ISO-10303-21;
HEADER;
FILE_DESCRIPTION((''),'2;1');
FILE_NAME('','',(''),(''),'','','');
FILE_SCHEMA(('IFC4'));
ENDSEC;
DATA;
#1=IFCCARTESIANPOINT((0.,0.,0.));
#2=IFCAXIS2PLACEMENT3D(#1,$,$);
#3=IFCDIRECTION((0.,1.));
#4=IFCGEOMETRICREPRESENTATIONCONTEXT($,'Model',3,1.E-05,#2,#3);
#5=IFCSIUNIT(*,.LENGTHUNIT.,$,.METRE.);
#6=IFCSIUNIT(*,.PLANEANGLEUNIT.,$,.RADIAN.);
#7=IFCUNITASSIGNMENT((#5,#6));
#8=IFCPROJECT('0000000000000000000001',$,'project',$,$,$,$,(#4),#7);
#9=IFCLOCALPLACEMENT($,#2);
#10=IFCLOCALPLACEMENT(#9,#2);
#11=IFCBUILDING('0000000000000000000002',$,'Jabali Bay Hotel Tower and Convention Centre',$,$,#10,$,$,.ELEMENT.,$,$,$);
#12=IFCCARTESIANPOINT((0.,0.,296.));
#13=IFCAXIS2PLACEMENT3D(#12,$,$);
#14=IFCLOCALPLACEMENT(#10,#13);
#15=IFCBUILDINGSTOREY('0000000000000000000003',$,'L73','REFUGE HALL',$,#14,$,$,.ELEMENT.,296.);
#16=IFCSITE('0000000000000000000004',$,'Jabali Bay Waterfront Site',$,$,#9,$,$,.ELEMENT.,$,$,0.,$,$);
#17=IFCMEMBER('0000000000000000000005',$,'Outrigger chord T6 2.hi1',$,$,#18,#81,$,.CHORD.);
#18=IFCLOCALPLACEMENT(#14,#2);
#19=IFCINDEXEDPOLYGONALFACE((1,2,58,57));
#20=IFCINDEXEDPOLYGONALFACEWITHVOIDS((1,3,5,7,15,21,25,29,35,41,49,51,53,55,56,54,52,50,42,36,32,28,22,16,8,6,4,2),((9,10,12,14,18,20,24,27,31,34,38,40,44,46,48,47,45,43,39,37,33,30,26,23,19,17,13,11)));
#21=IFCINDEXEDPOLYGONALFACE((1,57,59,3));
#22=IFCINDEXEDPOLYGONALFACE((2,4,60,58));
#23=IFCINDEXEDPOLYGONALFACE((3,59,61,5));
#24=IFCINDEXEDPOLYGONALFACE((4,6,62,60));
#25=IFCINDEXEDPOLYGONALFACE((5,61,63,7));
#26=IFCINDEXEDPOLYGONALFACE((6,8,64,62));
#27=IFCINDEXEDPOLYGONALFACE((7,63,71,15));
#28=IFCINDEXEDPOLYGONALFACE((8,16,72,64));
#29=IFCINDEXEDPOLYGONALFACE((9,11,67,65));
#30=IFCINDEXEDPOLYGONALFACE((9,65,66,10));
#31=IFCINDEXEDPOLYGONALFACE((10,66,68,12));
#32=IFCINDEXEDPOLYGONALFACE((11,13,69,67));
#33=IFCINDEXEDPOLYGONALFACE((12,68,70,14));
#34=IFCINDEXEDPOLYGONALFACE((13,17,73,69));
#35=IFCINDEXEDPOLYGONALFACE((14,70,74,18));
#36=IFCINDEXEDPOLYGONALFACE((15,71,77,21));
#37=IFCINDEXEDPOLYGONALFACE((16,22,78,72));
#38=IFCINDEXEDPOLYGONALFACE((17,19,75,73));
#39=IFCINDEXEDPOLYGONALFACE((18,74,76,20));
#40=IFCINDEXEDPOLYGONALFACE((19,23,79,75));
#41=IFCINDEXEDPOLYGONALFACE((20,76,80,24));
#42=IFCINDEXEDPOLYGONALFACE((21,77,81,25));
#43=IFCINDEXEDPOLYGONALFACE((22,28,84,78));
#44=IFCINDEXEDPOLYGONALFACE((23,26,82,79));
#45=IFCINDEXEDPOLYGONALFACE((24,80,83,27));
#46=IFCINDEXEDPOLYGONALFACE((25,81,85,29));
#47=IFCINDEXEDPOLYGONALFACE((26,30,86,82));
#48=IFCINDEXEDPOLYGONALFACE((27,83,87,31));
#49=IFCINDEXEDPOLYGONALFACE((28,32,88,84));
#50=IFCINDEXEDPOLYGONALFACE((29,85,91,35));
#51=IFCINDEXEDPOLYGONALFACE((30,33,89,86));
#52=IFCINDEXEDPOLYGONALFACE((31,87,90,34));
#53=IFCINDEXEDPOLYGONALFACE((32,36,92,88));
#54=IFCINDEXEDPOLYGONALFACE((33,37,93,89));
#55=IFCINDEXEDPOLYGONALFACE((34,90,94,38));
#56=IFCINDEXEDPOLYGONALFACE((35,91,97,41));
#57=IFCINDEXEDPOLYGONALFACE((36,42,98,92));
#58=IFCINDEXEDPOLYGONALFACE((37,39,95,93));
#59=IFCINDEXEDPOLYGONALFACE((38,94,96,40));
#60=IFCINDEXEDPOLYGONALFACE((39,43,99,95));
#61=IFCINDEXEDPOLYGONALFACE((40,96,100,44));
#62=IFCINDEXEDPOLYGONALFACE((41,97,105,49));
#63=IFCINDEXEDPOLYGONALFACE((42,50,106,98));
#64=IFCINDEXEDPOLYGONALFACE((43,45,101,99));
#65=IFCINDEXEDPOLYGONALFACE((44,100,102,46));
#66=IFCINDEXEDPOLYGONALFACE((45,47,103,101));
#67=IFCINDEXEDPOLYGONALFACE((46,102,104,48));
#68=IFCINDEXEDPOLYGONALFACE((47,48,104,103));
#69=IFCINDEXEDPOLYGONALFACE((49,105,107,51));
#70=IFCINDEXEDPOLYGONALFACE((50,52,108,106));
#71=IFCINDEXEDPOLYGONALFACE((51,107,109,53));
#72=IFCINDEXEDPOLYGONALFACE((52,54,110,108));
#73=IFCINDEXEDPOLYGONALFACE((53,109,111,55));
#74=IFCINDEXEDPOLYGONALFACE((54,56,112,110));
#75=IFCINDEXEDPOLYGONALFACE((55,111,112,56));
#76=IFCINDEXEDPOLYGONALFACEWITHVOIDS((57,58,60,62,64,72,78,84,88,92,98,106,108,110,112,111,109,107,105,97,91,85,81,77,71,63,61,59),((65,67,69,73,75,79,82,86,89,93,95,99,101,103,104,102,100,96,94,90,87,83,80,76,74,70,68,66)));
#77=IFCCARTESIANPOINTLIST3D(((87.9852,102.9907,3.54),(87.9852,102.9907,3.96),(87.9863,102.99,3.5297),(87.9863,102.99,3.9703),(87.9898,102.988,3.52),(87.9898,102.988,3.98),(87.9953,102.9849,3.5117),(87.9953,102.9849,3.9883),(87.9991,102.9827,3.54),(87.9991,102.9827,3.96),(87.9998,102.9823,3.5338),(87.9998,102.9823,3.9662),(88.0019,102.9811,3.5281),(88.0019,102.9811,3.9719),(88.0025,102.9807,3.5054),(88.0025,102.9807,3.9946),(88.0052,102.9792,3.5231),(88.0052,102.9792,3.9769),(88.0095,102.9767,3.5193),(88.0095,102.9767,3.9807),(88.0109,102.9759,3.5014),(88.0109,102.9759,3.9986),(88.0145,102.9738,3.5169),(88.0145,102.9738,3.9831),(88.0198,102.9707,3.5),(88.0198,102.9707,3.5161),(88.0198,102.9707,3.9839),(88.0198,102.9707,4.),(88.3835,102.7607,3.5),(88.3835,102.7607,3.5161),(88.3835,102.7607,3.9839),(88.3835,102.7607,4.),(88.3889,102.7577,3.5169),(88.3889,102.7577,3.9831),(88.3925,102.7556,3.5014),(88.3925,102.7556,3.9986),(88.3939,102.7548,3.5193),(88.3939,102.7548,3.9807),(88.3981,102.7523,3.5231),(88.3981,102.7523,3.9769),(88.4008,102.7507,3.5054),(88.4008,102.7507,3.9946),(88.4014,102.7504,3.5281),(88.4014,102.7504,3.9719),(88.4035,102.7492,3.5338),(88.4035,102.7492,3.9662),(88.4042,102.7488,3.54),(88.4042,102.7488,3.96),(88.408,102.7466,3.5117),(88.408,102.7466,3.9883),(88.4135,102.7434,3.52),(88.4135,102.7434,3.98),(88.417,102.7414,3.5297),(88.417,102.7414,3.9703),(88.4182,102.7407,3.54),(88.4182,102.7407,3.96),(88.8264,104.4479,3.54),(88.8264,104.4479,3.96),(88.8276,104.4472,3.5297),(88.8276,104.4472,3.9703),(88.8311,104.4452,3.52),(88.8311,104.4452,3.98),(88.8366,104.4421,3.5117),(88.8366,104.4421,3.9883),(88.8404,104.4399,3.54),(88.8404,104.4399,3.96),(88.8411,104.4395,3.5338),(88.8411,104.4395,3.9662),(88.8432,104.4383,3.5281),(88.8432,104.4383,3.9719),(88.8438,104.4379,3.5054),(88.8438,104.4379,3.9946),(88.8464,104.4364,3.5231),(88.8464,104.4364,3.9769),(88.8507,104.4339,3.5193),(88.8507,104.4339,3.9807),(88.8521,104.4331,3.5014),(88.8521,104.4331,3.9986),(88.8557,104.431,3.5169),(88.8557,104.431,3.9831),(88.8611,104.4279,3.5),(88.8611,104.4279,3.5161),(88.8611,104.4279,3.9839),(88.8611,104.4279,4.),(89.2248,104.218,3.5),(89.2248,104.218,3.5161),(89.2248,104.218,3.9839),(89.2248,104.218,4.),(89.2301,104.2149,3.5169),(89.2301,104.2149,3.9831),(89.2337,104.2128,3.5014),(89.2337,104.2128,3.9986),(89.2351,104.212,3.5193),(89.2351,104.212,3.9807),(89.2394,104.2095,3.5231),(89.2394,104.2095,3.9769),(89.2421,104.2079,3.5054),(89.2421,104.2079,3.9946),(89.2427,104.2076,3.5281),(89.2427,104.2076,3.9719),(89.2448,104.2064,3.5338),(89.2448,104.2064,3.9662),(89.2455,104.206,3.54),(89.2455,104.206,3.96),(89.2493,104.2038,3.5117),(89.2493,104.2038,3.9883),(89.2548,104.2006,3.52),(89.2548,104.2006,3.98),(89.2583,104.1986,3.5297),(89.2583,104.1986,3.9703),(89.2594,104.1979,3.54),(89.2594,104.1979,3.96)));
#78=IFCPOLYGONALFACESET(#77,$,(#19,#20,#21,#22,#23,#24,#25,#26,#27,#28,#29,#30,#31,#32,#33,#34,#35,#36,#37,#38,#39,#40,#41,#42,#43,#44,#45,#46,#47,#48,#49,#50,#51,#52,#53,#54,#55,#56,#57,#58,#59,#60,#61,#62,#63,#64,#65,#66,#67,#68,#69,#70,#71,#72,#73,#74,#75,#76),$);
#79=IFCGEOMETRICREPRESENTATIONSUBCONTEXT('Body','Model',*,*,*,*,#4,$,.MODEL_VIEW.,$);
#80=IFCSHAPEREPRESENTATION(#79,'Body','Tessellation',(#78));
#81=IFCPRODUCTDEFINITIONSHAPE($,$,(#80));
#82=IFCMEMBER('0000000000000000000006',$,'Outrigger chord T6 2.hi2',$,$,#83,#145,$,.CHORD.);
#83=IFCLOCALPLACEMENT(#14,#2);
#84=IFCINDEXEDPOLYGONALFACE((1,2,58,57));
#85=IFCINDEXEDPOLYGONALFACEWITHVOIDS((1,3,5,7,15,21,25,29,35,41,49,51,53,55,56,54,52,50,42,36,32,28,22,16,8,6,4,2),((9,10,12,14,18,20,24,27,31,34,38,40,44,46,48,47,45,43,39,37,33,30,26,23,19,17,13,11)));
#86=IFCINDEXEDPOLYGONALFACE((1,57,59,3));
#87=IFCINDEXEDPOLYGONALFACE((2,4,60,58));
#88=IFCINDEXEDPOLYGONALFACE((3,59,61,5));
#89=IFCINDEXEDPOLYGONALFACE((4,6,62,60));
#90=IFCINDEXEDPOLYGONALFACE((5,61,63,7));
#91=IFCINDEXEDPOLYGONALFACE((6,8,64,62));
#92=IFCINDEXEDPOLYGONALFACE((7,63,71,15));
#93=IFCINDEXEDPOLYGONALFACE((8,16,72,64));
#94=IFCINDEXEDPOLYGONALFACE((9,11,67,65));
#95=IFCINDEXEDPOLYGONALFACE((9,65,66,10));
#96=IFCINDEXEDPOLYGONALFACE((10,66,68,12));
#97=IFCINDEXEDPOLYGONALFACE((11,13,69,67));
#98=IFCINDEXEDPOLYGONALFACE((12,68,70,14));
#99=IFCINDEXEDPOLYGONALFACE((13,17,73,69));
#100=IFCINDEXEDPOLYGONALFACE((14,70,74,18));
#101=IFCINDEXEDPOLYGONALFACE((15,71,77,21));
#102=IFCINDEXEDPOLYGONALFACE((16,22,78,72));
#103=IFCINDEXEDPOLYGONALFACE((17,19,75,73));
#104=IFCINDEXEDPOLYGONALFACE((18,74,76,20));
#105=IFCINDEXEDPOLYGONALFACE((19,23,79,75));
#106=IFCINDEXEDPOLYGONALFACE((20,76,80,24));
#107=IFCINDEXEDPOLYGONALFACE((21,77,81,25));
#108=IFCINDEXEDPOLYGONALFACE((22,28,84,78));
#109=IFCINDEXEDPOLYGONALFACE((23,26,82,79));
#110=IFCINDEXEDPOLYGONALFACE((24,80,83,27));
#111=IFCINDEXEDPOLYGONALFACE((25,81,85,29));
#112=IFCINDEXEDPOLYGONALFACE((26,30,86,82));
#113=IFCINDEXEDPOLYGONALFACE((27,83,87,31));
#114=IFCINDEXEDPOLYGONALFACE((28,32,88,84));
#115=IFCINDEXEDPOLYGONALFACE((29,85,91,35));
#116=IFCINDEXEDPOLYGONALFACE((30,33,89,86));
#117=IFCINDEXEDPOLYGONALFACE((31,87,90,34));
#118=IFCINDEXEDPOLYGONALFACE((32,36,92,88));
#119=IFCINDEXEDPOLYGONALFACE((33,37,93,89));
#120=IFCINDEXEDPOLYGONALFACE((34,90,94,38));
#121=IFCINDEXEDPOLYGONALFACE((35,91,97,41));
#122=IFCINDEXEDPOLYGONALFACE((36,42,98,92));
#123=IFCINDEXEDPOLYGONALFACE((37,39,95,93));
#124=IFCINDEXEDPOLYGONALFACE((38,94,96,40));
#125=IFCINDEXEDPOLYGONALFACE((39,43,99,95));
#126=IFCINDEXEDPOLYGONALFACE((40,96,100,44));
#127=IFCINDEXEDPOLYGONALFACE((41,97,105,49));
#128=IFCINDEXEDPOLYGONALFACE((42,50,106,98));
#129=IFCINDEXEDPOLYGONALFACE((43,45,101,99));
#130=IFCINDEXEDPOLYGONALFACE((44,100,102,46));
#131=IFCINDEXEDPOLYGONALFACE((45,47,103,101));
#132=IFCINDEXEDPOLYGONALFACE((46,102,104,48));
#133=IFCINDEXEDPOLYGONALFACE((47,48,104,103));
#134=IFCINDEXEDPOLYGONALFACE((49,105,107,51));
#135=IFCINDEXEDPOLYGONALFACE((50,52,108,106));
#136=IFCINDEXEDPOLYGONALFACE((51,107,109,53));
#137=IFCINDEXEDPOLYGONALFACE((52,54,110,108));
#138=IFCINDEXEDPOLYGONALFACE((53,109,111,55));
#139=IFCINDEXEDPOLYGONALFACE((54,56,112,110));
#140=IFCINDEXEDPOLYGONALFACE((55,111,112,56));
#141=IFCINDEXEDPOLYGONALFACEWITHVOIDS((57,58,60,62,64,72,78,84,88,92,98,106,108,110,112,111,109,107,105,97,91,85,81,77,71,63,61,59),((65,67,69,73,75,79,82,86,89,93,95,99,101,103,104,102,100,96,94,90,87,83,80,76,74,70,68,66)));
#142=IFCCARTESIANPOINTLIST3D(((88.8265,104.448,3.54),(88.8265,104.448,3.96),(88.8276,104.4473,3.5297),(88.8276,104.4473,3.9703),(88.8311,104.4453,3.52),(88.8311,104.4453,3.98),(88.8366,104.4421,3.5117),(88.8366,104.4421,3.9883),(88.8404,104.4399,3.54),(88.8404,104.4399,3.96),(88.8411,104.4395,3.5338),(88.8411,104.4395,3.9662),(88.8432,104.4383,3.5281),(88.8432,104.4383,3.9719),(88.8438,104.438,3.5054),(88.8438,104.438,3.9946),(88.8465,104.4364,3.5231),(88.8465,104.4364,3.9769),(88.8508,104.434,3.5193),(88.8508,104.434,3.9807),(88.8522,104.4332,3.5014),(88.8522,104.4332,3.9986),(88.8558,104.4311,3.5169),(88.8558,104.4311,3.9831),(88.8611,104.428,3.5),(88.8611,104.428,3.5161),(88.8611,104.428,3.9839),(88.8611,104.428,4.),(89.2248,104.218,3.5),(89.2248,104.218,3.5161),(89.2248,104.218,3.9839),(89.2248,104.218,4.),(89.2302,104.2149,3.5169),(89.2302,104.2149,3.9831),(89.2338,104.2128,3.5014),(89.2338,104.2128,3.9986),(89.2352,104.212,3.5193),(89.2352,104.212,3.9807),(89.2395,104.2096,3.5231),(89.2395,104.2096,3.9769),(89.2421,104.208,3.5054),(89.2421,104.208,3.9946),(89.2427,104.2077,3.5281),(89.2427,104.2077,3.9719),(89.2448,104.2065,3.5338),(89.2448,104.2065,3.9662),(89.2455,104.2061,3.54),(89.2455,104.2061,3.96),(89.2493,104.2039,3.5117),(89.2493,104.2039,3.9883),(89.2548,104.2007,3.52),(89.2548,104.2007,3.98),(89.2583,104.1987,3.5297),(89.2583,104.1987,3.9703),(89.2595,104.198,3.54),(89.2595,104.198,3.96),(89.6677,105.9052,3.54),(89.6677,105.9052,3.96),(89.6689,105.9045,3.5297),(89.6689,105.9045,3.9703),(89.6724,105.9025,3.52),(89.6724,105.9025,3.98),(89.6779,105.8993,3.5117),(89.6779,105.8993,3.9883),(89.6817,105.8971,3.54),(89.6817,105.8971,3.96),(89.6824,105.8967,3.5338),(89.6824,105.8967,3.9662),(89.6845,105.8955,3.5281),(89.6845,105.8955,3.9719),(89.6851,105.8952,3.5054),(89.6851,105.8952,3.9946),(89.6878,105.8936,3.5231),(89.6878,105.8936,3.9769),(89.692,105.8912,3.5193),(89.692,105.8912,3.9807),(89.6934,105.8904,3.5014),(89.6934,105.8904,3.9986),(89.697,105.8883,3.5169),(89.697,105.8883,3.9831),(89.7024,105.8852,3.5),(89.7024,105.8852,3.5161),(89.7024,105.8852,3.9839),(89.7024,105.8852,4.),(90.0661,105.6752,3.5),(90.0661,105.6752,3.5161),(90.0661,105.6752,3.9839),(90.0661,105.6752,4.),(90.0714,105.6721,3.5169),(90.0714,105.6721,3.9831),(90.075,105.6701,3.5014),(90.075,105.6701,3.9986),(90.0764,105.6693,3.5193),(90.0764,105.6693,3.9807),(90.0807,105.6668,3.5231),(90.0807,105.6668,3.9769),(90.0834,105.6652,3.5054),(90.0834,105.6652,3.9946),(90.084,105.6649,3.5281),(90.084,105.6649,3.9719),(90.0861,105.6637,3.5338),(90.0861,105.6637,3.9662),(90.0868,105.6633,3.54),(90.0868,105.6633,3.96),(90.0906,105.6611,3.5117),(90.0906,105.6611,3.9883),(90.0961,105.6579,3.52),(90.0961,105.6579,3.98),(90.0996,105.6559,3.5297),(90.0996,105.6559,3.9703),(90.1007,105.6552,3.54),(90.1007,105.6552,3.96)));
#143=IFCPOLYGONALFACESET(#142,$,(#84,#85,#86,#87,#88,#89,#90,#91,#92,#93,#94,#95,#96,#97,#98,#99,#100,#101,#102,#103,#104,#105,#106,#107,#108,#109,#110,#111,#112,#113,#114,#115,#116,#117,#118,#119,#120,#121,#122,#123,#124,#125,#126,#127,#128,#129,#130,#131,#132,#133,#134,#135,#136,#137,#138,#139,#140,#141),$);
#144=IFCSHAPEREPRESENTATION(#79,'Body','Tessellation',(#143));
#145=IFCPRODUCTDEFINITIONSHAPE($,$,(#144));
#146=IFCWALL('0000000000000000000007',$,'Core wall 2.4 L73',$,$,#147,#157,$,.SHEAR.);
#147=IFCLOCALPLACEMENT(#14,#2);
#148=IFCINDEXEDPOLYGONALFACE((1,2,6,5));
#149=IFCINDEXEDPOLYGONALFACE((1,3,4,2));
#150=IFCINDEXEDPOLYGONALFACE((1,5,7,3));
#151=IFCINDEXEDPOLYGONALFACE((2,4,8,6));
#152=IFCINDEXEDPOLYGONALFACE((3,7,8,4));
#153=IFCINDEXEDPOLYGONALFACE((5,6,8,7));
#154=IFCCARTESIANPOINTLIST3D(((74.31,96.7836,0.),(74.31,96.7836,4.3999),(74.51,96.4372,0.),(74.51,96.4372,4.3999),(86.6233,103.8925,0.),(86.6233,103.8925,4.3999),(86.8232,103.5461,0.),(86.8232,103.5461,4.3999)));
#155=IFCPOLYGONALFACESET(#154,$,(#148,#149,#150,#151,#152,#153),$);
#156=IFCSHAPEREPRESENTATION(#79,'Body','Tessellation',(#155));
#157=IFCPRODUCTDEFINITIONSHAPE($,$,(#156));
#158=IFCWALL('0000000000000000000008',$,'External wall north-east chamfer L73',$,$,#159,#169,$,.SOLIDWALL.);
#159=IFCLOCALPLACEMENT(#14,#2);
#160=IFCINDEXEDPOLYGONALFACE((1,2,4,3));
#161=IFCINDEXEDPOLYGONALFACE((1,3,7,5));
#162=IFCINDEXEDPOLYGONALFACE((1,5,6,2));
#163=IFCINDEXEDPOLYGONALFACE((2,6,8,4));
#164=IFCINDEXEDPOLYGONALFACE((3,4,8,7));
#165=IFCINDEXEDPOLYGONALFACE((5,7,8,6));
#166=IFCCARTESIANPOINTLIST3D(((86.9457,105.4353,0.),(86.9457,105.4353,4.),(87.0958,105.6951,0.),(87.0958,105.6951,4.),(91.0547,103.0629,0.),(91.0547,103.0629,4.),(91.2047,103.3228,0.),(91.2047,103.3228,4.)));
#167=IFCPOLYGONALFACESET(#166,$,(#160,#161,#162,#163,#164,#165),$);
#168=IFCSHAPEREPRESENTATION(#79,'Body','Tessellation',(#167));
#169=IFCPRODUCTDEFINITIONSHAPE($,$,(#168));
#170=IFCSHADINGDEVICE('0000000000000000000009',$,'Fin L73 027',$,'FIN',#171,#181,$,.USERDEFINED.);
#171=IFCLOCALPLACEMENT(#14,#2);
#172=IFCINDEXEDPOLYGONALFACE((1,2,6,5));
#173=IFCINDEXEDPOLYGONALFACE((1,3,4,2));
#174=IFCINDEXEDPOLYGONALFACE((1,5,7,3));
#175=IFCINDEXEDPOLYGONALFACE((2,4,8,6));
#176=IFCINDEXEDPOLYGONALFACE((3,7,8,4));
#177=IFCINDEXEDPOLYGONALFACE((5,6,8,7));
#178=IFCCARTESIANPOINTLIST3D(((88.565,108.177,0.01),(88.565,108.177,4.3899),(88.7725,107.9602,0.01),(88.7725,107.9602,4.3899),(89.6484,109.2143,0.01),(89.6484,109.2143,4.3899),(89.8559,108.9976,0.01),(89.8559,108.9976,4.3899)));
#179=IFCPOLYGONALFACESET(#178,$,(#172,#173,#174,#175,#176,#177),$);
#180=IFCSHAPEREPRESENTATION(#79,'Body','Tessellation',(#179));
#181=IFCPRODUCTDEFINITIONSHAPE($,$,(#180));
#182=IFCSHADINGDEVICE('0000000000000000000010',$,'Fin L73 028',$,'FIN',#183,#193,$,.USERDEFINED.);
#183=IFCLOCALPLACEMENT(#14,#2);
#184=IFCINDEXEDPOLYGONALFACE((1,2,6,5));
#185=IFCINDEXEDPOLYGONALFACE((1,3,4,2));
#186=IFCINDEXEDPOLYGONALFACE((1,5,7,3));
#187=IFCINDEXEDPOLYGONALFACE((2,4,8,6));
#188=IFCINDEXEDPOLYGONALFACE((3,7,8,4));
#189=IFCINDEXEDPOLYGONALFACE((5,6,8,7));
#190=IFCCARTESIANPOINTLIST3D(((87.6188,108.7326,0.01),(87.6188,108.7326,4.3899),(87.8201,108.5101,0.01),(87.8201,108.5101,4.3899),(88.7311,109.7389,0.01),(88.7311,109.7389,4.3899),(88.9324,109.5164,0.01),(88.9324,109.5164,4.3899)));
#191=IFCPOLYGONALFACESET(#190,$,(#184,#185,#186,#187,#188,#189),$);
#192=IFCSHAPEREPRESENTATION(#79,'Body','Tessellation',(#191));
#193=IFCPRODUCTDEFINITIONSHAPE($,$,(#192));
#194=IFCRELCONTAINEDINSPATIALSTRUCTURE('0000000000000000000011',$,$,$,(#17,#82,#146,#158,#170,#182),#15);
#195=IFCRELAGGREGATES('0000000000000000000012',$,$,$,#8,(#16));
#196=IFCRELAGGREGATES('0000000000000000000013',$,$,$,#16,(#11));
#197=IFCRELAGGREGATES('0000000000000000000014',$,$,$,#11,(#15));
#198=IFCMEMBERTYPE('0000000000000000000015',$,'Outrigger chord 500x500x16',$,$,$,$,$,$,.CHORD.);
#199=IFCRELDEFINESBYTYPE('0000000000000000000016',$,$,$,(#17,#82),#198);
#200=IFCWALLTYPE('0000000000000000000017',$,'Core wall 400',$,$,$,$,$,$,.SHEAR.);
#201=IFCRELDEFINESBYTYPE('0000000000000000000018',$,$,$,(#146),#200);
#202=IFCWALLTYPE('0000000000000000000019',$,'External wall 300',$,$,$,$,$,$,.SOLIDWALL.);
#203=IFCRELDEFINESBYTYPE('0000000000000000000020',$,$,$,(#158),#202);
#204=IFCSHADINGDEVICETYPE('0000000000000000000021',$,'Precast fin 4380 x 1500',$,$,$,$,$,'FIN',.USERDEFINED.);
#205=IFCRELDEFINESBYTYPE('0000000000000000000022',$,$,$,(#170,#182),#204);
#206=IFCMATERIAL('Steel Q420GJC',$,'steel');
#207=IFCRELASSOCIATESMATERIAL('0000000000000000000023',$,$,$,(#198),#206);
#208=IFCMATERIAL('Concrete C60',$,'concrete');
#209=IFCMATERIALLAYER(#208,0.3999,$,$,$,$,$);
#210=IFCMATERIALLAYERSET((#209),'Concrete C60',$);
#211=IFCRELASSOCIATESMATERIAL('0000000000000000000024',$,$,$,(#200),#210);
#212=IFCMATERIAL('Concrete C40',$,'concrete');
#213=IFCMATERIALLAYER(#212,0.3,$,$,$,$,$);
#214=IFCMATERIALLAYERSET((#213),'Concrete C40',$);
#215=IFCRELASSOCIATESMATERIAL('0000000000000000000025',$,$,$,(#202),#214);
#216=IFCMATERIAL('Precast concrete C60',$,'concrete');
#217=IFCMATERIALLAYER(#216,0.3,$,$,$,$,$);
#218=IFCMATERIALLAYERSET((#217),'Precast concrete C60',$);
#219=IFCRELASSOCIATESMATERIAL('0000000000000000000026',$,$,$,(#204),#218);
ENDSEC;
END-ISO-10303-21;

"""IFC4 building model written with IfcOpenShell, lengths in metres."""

from ifc_helpers import new_model, si_unit, direction, frame, frame_2d, origin, origin_2d, place, context, subcontext, project, spatial, rectangle, hollow_rectangle, extrude, material, layer, layer_set, material_profile, profile_set, type_object, element, save


model = new_model("IFC4")

# Units and contexts
model_context = context("Model", 3, precision=1e-05, world=origin(), true_north=direction((0.0, 1.0)))
body_context = subcontext(model_context, "Body", "Model", "MODEL_VIEW")
ifc_project = project(units=[si_unit("LENGTHUNIT", "METRE"), si_unit("PLANEANGLEUNIT", "RADIAN")], contexts=[model_context])

# Site, building, storey
site_placement = place(None, origin())
site = spatial("IfcSite", under=ifc_project, at=site_placement, Name="Jabali Bay Waterfront Site", CompositionType="ELEMENT", RefElevation=0.0)
building_placement = place(site_placement, origin())
building = spatial("IfcBuilding", under=site, at=building_placement, Name="Jabali Bay Hotel Tower and Convention Centre", CompositionType="ELEMENT")
storey_placement = place(building_placement, frame((0.0, 0.0, 296.0)))
storey = spatial("IfcBuildingStorey", under=building, at=storey_placement, Name="L73", Description="REFUGE HALL", CompositionType="ELEMENT", Elevation=296.0)

# Shared definitions
ifc_material_1 = material(Name="Concrete C60", Category="concrete")

# Members
ifc_material_2 = material(Name="Steel Q420GJC", Category="steel")
ifc_material_profile_1 = material_profile(ifc_material_2, hollow_rectangle(XDim=0.5, YDim=0.5, WallThickness=0.0161, InnerFilletRadius=0.0239, OuterFilletRadius=0.04, at=origin_2d()), Name="Outrigger chord 500x500x16")
ifc_profile_set_1 = profile_set([ifc_material_profile_1], Name="Steel Q420GJC")
member_type_1 = type_object("IfcMemberType", Name="Outrigger chord 500x500x16", PredefinedType="CHORD", material=ifc_profile_set_1)
for number, where, z_axis, x_axis, name in (
    (1, (88.2017, 102.8657, 3.75), (0.499978, 0.866038, 0.0), (-0.866038, 0.499978, 0.0), "Outrigger chord T6 2.hi1"),
    (2, (89.043, 104.323, 3.75), (0.499978, 0.866038, 0.0), (-0.866038, 0.499978, 0.0), "Outrigger chord T6 2.hi2"),
):
    element("IfcMember", number, at=place(storey_placement, frame(where, z_axis=z_axis, x_axis=x_axis)), inside=storey, type_object=member_type_1, Name=name, PredefinedType="CHORD", context=body_context, shape_type="SweptSolid", body=[
        extrude(hollow_rectangle(XDim=0.5, YDim=0.5, WallThickness=0.0161, InnerFilletRadius=0.0239, OuterFilletRadius=0.04, at=origin_2d()), origin(), (0.0, 0.0, 1.0), 1.6826),
    ])

# Walls
ifc_layer_1 = layer(ifc_material_1, 0.3999)
ifc_layer_set_1 = layer_set([ifc_layer_1], Name="Concrete C60")
wall_type_1 = type_object("IfcWallType", Name="Core wall 400", PredefinedType="SHEAR", material=ifc_layer_set_1)
wall_1_placement = place(storey_placement, frame((86.7231, 103.7192, 0.0), z_axis=(0.0, 0.0, 1.0), x_axis=(-0.86603, -0.499991, 0.0)))
element("IfcWall", 3, at=wall_1_placement, inside=storey, type_object=wall_type_1, Name="Core wall 2.4 L73", PredefinedType="SHEAR", context=body_context, shape_type="SweptSolid", body=[
    extrude(rectangle(XDim=14.218, YDim=0.3999, at=frame_2d((7.1089, 0.0))), origin(), (0.0, 0.0, 1.0), 4.3999),
])
ifc_material_3 = material(Name="Concrete C40", Category="concrete")
ifc_layer_2 = layer(ifc_material_3, 0.3)
ifc_layer_set_2 = layer_set([ifc_layer_2], Name="Concrete C40")
wall_type_2 = type_object("IfcWallType", Name="External wall 300", PredefinedType="SOLIDWALL", material=ifc_layer_set_2)
wall_2_placement = place(storey_placement, frame((87.0208, 105.5652, 0.0), z_axis=(0.0, 0.0, 1.0), x_axis=(0.866021, -0.500008, 0.0)))
element("IfcWall", 4, at=wall_2_placement, inside=storey, type_object=wall_type_2, Name="External wall north-east chamfer L73", PredefinedType="SOLIDWALL", context=body_context, shape_type="SweptSolid", body=[
    extrude(rectangle(XDim=4.7446, YDim=0.3, at=frame_2d((2.3723, 0.0))), origin(), (0.0, 0.0, 1.0), 4.0),
])

# Shading devices
ifc_material_4 = material(Name="Precast concrete C60", Category="concrete")
ifc_layer_3 = layer(ifc_material_4, 0.3)
ifc_layer_set_3 = layer_set([ifc_layer_3], Name="Precast concrete C60")
shading_device_type = type_object("IfcShadingDeviceType", Name="Precast fin 4380 x 1500", ElementType="FIN", PredefinedType="USERDEFINED", material=ifc_layer_set_3)
for number, where, z_axis, x_axis, name in (
    (5, (88.6687, 108.0686, 0.01), (0.0, 0.0, 1.0), (0.72232, 0.691559, 0.0), "Fin L73 027"),
    (6, (87.7195, 108.6213, 0.01), (0.0, 0.0, 1.0), (0.741543, 0.670905, 0.0), "Fin L73 028"),
):
    element("IfcShadingDevice", number, at=place(storey_placement, frame(where, z_axis=z_axis, x_axis=x_axis)), inside=storey, type_object=shading_device_type, Name=name, ObjectType="FIN", PredefinedType="USERDEFINED", context=body_context, shape_type="SweptSolid", body=[
        extrude(rectangle(XDim=1.5, YDim=0.3, at=frame_2d((0.75, 0.0))), origin(), (0.0, 0.0, 1.0), 4.3799),
    ])

save(model, "model.ifc")
